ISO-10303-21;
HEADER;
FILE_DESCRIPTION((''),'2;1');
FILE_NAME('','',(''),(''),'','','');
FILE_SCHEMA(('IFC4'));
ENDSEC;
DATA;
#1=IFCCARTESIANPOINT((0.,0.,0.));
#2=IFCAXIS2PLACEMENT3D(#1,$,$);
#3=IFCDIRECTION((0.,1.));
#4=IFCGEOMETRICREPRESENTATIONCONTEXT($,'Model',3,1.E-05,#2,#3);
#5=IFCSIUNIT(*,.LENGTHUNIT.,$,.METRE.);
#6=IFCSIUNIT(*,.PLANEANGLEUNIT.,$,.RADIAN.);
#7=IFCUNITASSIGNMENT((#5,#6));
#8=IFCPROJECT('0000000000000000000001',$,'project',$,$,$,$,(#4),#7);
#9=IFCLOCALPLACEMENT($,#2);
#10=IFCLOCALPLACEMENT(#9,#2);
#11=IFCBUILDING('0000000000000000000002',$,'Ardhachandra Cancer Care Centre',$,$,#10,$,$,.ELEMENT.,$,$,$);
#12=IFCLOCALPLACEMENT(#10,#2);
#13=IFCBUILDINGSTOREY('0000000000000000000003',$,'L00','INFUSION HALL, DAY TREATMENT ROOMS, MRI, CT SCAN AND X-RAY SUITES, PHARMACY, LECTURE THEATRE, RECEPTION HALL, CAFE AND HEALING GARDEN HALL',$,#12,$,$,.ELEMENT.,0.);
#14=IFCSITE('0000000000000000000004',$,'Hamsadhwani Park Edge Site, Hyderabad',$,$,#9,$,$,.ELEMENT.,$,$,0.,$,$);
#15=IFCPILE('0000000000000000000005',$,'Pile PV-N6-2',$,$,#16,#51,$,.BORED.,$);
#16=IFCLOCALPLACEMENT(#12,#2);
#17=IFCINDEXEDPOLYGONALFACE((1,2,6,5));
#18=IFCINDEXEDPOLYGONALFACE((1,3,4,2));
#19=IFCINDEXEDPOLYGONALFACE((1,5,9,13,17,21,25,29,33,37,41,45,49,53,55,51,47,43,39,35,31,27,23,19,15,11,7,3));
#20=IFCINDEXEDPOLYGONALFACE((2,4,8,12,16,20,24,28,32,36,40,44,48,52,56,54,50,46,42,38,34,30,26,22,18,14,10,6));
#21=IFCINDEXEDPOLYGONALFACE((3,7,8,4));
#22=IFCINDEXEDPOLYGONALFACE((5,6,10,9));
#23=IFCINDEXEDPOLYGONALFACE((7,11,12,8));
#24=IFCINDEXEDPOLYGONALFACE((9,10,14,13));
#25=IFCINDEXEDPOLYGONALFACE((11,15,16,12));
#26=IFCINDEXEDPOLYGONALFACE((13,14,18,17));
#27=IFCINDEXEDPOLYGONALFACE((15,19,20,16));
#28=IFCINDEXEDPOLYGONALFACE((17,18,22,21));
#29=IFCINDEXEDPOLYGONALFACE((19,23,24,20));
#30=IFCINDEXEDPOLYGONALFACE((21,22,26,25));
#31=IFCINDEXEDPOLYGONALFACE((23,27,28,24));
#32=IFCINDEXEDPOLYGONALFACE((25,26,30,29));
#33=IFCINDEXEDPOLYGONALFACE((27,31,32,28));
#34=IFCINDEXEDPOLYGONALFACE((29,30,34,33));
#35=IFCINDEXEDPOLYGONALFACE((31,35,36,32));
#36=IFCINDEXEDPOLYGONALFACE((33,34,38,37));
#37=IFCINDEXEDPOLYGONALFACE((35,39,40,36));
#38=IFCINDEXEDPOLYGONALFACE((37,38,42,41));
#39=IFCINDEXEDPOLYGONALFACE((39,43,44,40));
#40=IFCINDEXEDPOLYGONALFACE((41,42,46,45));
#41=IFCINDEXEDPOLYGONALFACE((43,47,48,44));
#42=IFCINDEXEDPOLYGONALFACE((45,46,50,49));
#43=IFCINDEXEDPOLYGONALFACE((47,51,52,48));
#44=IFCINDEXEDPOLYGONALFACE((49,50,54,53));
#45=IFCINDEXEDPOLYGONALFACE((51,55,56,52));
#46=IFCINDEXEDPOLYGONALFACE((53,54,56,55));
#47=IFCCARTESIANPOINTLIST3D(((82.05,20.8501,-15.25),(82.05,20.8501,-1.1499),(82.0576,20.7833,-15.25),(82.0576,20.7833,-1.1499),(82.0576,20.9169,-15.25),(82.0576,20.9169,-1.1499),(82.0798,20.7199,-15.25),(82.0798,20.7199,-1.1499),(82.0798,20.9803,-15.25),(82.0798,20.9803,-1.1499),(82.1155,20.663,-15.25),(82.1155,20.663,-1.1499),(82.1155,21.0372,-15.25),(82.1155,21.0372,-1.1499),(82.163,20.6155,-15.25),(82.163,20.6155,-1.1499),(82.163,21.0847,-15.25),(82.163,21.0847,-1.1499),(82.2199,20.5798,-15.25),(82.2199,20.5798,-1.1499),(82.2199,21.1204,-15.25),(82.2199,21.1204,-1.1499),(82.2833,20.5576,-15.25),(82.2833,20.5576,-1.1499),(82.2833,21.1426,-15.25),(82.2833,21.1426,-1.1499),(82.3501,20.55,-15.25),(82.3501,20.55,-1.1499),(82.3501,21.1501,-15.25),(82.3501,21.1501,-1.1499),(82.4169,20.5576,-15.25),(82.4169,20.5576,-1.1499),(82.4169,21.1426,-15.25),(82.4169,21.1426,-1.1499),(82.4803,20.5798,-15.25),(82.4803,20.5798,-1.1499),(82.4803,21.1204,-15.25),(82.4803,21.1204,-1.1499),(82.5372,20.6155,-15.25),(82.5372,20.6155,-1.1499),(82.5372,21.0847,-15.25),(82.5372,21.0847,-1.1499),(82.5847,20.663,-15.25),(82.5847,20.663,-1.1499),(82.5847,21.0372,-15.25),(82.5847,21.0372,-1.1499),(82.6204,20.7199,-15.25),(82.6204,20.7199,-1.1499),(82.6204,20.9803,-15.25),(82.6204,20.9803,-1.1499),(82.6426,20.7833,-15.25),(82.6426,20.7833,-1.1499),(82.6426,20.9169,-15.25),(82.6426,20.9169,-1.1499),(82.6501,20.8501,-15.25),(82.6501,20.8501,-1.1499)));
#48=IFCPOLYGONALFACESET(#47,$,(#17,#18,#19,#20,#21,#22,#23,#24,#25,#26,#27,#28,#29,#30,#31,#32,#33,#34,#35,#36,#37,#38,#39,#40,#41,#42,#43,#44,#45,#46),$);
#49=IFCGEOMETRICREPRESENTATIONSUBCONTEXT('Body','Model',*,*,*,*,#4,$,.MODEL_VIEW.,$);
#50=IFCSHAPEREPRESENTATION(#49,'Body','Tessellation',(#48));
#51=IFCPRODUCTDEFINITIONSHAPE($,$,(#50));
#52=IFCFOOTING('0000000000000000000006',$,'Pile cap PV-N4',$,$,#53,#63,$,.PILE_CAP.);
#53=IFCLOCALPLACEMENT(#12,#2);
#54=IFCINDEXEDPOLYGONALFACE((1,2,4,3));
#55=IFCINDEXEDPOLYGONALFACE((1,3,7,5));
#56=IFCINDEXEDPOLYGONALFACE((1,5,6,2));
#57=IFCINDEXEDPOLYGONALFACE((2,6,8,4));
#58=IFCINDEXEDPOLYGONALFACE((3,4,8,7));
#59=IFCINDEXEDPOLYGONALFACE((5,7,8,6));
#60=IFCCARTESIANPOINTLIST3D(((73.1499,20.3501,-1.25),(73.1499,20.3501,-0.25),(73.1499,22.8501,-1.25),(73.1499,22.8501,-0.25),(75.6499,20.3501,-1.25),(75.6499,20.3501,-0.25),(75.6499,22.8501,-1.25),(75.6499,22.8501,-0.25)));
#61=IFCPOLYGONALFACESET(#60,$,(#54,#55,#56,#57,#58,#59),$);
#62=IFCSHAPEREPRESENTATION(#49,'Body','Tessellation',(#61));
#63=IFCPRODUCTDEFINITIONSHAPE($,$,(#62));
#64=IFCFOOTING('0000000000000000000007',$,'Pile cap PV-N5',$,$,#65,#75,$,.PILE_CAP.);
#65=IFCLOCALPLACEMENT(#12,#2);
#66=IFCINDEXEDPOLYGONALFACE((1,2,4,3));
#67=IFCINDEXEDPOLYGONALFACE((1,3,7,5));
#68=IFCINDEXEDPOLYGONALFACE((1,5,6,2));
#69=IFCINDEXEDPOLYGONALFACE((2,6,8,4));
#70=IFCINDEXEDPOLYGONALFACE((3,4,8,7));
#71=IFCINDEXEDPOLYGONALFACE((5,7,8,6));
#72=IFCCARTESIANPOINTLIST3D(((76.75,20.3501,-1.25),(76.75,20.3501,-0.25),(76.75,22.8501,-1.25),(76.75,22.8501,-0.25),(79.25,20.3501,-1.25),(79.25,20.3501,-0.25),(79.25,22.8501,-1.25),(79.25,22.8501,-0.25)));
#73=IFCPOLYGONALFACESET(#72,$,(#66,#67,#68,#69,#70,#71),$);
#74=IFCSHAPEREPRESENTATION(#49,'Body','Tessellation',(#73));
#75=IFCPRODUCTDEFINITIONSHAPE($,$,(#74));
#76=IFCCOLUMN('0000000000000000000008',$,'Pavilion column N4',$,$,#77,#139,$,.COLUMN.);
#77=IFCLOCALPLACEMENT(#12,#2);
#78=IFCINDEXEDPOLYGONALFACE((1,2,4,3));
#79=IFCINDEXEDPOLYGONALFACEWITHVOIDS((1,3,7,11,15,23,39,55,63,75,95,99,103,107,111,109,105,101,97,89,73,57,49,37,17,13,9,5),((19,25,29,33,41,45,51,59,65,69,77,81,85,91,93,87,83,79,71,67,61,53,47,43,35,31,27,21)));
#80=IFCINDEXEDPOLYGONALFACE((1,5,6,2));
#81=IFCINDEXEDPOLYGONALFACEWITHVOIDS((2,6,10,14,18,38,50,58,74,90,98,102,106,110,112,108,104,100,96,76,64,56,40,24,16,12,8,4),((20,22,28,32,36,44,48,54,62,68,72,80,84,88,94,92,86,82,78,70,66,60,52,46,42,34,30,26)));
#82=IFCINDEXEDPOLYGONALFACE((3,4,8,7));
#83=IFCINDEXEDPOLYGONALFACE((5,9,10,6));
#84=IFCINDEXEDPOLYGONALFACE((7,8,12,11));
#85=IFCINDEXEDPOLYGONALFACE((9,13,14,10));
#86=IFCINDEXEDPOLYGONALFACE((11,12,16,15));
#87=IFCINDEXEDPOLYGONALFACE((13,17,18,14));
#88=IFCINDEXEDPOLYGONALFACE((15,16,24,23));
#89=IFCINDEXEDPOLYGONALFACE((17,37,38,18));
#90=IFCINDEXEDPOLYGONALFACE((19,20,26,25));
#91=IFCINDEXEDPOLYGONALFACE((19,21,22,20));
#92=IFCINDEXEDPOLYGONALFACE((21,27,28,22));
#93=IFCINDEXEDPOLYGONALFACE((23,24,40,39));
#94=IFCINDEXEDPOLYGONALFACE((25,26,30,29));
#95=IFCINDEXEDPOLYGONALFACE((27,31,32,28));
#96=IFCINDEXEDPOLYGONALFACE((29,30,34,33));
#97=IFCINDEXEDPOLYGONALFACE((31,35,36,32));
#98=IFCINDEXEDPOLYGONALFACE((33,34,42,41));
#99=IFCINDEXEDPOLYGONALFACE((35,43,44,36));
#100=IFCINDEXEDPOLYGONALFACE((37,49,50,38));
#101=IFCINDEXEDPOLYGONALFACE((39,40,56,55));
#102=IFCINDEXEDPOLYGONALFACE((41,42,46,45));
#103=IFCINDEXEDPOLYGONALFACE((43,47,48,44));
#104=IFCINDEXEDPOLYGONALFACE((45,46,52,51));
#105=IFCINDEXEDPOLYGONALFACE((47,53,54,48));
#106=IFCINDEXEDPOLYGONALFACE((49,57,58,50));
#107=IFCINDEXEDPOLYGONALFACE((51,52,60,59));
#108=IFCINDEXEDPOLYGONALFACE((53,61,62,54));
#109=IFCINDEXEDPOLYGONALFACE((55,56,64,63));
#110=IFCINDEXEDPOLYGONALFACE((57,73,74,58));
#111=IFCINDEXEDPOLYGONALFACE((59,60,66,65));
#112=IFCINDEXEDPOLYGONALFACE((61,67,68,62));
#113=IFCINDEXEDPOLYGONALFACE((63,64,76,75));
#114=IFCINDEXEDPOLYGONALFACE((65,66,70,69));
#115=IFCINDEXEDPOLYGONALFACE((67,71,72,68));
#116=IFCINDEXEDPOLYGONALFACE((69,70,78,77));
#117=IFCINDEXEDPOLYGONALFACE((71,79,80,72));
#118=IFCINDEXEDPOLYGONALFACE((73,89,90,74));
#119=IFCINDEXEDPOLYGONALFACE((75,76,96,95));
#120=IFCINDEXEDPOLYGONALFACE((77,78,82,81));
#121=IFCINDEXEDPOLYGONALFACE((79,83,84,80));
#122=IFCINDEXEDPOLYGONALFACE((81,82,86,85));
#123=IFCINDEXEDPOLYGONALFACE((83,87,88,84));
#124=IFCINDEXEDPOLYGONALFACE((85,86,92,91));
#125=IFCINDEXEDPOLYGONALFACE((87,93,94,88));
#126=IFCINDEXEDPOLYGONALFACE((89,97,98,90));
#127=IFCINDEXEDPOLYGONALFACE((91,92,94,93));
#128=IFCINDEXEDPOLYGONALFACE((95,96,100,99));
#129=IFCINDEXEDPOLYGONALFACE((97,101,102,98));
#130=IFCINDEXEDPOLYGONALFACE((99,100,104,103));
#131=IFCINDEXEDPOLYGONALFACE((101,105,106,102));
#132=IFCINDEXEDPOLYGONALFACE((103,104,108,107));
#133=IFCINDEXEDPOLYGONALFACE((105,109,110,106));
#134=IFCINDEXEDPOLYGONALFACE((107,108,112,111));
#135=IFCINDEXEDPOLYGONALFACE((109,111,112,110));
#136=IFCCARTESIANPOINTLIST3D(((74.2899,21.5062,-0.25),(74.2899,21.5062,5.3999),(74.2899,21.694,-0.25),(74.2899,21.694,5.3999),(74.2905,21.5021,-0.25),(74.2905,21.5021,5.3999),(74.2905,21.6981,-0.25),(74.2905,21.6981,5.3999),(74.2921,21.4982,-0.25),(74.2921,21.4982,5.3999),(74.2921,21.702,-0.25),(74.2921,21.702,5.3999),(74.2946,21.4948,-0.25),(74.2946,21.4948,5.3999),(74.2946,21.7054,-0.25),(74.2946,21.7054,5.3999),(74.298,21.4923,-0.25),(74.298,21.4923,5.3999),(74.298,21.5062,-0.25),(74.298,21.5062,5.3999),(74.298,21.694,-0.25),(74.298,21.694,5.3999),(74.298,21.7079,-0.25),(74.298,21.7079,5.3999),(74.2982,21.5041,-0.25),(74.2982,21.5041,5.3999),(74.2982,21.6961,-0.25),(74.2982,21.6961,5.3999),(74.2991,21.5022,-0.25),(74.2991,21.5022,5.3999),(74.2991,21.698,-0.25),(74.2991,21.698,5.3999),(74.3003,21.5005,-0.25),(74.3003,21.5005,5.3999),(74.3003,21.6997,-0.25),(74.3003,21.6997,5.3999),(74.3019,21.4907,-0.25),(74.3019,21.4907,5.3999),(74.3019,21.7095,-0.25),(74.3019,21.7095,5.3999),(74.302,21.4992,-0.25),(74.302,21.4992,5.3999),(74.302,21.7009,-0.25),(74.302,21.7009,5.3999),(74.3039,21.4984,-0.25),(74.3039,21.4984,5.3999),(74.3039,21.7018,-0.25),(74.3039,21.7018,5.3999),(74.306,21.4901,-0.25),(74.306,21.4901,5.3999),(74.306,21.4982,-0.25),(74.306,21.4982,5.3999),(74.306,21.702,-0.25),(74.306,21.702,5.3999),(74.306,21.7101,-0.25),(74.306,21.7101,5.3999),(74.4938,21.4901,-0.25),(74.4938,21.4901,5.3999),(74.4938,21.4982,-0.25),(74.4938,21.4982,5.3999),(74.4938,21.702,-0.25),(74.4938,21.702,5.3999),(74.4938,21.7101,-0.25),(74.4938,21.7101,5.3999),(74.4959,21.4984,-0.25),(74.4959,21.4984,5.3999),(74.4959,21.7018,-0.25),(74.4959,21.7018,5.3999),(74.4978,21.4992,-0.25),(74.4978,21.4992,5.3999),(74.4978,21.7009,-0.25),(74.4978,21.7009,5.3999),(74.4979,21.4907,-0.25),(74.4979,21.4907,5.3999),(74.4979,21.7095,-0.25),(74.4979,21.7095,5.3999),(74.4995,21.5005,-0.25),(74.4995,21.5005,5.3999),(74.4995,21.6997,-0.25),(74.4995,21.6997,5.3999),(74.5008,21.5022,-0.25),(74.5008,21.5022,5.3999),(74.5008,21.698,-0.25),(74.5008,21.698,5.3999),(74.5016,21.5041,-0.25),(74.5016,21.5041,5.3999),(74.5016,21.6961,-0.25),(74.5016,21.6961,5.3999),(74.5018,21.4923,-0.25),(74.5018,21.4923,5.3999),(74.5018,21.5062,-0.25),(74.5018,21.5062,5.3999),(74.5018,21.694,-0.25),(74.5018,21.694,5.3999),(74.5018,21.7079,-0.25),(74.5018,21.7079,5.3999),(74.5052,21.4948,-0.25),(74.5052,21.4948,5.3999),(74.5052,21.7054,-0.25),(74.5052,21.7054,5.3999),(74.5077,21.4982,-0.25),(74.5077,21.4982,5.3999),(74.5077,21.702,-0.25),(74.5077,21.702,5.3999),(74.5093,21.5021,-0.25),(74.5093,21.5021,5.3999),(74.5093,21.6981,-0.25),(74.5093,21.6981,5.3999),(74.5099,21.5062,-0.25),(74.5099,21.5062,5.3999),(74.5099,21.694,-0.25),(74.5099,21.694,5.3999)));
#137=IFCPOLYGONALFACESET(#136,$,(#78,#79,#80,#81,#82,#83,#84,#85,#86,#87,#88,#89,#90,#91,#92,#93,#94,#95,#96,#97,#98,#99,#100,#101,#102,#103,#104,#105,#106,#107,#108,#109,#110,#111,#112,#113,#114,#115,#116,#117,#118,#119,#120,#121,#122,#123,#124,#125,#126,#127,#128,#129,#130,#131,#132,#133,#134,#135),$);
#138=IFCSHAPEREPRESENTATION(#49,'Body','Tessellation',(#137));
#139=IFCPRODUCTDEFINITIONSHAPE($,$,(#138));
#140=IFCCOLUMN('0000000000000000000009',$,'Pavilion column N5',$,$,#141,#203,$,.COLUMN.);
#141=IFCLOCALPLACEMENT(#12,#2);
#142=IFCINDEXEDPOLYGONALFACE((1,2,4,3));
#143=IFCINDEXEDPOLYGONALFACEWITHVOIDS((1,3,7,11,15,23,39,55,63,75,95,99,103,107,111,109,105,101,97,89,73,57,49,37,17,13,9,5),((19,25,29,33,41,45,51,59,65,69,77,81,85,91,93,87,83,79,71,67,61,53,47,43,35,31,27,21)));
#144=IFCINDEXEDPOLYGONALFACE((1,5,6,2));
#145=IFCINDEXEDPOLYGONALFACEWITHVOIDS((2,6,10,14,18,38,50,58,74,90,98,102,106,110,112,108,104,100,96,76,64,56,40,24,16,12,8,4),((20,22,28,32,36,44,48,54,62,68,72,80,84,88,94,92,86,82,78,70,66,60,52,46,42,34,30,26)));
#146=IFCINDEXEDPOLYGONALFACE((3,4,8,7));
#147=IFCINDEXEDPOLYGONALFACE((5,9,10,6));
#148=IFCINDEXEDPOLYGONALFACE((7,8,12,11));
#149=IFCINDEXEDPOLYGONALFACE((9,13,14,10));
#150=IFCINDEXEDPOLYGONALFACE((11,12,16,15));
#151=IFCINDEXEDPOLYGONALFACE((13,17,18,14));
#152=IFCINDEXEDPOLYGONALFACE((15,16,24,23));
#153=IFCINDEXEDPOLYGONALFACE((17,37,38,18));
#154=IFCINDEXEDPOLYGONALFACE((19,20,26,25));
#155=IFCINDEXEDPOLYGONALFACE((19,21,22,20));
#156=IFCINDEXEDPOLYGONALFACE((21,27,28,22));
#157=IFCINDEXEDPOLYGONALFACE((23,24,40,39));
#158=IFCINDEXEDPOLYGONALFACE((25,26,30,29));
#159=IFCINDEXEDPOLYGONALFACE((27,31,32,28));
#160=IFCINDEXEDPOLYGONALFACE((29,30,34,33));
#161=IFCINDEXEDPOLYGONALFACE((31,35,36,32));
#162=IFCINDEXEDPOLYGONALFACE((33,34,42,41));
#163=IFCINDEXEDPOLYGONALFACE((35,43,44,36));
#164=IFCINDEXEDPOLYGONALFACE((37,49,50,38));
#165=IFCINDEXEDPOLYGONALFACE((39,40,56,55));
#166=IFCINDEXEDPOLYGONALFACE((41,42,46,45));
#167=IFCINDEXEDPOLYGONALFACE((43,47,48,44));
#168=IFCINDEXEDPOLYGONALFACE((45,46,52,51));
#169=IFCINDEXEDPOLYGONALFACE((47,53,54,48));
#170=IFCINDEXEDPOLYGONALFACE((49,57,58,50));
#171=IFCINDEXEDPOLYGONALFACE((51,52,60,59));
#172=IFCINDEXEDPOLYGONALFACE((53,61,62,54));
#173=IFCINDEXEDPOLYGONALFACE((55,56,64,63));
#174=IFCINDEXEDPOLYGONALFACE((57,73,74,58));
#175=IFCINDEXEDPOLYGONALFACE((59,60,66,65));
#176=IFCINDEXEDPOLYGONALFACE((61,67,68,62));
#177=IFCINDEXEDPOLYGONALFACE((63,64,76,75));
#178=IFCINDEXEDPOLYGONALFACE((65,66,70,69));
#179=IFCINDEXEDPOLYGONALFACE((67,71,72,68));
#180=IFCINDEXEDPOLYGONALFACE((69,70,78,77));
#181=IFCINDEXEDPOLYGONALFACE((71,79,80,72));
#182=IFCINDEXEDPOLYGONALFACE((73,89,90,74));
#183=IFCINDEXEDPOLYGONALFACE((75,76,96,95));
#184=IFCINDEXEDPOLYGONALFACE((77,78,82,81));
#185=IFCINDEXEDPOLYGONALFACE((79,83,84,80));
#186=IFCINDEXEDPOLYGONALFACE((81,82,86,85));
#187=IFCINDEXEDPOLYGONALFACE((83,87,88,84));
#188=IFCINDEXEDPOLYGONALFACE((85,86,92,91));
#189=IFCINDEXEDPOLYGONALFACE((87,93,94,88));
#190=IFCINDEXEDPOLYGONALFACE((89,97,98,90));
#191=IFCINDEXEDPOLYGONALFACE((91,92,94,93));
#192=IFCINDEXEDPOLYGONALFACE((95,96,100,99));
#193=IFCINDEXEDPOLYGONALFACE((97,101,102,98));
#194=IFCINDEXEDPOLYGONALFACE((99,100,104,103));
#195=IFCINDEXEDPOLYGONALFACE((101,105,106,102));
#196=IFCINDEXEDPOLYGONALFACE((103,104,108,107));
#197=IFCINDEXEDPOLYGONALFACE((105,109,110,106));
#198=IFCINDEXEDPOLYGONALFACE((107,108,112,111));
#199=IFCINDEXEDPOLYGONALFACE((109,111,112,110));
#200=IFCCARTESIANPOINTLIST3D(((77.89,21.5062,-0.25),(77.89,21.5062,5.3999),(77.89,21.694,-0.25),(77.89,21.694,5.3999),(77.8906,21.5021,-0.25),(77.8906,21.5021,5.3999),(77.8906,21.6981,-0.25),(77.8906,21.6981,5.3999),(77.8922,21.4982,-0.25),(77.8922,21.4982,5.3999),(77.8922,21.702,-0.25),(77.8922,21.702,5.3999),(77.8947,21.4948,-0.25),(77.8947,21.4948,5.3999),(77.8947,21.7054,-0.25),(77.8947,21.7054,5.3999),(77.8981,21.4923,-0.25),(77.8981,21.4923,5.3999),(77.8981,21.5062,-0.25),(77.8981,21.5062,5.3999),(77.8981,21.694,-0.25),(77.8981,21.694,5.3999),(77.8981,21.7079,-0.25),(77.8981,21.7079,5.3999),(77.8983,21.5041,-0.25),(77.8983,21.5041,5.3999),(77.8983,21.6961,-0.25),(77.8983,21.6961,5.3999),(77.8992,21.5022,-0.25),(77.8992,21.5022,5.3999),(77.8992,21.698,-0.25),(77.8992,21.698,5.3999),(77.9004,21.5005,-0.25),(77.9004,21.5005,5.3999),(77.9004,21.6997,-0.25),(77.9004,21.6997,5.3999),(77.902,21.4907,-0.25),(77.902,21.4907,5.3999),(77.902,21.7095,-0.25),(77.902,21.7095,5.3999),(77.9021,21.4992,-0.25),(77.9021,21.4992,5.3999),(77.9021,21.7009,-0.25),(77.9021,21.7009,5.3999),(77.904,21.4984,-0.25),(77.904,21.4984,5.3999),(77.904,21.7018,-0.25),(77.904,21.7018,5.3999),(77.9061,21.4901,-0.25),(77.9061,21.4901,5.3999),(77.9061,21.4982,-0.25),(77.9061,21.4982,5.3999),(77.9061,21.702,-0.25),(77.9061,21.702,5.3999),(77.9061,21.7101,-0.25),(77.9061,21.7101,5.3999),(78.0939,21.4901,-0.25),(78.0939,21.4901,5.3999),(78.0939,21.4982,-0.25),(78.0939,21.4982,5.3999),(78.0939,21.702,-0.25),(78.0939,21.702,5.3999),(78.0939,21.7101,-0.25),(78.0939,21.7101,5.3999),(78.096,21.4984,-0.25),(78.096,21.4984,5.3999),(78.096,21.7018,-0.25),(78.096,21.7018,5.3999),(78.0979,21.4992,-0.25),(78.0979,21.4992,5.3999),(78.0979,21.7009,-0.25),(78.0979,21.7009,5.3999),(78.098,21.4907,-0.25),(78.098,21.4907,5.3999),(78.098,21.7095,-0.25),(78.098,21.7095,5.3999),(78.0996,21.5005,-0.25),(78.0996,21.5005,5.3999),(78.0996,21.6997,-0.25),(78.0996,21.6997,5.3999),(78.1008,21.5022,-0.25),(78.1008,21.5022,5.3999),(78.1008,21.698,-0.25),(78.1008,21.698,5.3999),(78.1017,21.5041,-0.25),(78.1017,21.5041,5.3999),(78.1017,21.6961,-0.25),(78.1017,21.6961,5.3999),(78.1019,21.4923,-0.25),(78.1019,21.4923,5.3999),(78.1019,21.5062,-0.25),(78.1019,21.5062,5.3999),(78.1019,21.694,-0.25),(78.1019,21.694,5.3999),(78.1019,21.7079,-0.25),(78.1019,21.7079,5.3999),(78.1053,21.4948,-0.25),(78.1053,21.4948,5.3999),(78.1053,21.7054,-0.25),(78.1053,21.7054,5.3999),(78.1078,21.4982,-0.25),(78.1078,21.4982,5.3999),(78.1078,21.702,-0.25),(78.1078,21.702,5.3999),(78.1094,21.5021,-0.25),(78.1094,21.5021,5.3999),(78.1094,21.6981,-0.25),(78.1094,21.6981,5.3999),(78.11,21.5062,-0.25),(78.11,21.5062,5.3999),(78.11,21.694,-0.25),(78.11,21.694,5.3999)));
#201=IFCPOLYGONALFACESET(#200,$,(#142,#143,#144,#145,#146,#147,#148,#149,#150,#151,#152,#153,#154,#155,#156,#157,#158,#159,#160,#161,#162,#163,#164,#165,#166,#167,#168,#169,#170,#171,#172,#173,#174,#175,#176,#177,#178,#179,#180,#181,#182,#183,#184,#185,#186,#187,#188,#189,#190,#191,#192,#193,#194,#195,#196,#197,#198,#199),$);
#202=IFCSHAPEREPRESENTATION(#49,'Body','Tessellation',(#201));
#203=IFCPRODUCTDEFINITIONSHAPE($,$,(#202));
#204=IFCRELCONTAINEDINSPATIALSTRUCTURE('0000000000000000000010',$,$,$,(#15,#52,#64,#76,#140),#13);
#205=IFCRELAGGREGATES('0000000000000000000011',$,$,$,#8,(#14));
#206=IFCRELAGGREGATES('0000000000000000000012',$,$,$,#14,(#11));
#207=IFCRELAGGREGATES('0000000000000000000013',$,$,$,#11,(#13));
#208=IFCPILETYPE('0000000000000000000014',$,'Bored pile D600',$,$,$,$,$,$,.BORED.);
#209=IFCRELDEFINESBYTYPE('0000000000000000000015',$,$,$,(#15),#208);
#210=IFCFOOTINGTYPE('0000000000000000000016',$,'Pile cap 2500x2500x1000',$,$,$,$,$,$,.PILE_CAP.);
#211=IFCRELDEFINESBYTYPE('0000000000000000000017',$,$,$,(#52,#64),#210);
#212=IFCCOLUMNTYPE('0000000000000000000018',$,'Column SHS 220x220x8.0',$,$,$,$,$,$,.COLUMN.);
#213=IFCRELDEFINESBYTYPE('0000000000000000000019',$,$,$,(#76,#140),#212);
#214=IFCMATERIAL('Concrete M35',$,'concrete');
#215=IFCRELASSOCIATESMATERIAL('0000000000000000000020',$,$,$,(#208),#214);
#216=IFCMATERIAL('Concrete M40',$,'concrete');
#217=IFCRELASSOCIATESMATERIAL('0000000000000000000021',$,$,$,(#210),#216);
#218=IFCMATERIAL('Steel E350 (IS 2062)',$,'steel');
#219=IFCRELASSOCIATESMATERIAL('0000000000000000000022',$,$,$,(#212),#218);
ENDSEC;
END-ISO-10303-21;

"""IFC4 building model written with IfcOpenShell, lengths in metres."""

from ifc_helpers import new_model, si_unit, direction, frame, origin, origin_2d, place, context, subcontext, project, spatial, rectangle, hollow_rectangle, circle, extrude, material, material_profile, profile_set, type_object, element, save


model = new_model("IFC4")

# Units and contexts
model_context = context("Model", 3, precision=1e-05, world=origin(), true_north=direction((0.0, 1.0)))
body_context = subcontext(model_context, "Body", "Model", "MODEL_VIEW")
ifc_project = project(units=[si_unit("LENGTHUNIT", "METRE"), si_unit("PLANEANGLEUNIT", "RADIAN")], contexts=[model_context])

# Site, building, storey
site_placement = place(None, origin())
site = spatial("IfcSite", under=ifc_project, at=site_placement, Name="Hamsadhwani Park Edge Site, Hyderabad", CompositionType="ELEMENT", RefElevation=0.0)
building_placement = place(site_placement, origin())
building = spatial("IfcBuilding", under=site, at=building_placement, Name="Ardhachandra Cancer Care Centre", CompositionType="ELEMENT")
storey_placement = place(building_placement, origin())
storey = spatial("IfcBuildingStorey", under=building, at=storey_placement, Name="L00", Description="INFUSION HALL, DAY TREATMENT ROOMS, MRI, CT SCAN AND X-RAY SUITES, PHARMACY, LECTURE THEATRE, RECEPTION HALL, CAFE AND HEALING GARDEN HALL", CompositionType="ELEMENT", Elevation=0.0)

# Pile
ifc_material_1 = material(Name="Concrete M35", Category="concrete")
ifc_material_profile_1 = material_profile(ifc_material_1, circle(Radius=0.3, at=origin_2d()), Name="D600")
ifc_profile_set_1 = profile_set([ifc_material_profile_1], Name="Concrete M35")
pile_type = type_object("IfcPileType", Name="Bored pile D600", PredefinedType="BORED", material=ifc_profile_set_1)
for number, where, z_axis, x_axis, name in (
    (1, (82.3501, 20.8501, -1.1499), (0.0, 0.0, -1.0), (1.0, 0.0, 0.0), "Pile PV-N6-2"),
):
    element("IfcPile", number, at=place(storey_placement, frame(where, z_axis=z_axis, x_axis=x_axis)), inside=storey, type_object=pile_type, Name=name, PredefinedType="BORED", context=body_context, shape_type="SweptSolid", body=[
        extrude(circle(Radius=0.3, at=origin_2d()), origin(), (0.0, 0.0, 1.0), 14.1001),
    ])

# Footings
ifc_material_2 = material(Name="Concrete M40", Category="concrete")
footing_type = type_object("IfcFootingType", Name="Pile cap 2500x2500x1000", PredefinedType="PILE_CAP", material=ifc_material_2)
for number, where, z_axis, x_axis, name in (
    (2, (74.3999, 21.6001, -1.25), (0.0, 0.0, 1.0), (1.0, 0.0, 0.0), "Pile cap PV-N4"),
    (3, (78.0, 21.6001, -1.25), (0.0, 0.0, 1.0), (1.0, 0.0, 0.0), "Pile cap PV-N5"),
):
    element("IfcFooting", number, at=place(storey_placement, frame(where, z_axis=z_axis, x_axis=x_axis)), inside=storey, type_object=footing_type, Name=name, PredefinedType="PILE_CAP", context=body_context, shape_type="SweptSolid", body=[
        extrude(rectangle(XDim=2.5, YDim=2.5, at=origin_2d()), origin(), (0.0, 0.0, 1.0), 1.0),
    ])

# Columns
ifc_material_3 = material(Name="Steel E350 (IS 2062)", Category="steel")
ifc_material_profile_2 = material_profile(ifc_material_3, hollow_rectangle(XDim=0.22, YDim=0.22, WallThickness=0.0081, InnerFilletRadius=0.0081, OuterFilletRadius=0.0161, at=origin_2d()), Name="SHS 220x220x8.0")
ifc_profile_set_2 = profile_set([ifc_material_profile_2], Name="Steel E350 (IS 2062)")
column_type = type_object("IfcColumnType", Name="Column SHS 220x220x8.0", PredefinedType="COLUMN", material=ifc_profile_set_2)
for number, where, z_axis, x_axis, name in (
    (4, (74.3999, 21.6001, -0.25), (0.0, 0.0, 1.0), (1.0, 0.0, 0.0), "Pavilion column N4"),
    (5, (78.0, 21.6001, -0.25), (0.0, 0.0, 1.0), (1.0, 0.0, 0.0), "Pavilion column N5"),
):
    element("IfcColumn", number, at=place(storey_placement, frame(where, z_axis=z_axis, x_axis=x_axis)), inside=storey, type_object=column_type, Name=name, PredefinedType="COLUMN", context=body_context, shape_type="SweptSolid", body=[
        extrude(hollow_rectangle(XDim=0.22, YDim=0.22, WallThickness=0.0081, InnerFilletRadius=0.0081, OuterFilletRadius=0.0161, at=origin_2d()), origin(), (0.0, 0.0, 1.0), 5.6499),
    ])

save(model, "model.ifc")
